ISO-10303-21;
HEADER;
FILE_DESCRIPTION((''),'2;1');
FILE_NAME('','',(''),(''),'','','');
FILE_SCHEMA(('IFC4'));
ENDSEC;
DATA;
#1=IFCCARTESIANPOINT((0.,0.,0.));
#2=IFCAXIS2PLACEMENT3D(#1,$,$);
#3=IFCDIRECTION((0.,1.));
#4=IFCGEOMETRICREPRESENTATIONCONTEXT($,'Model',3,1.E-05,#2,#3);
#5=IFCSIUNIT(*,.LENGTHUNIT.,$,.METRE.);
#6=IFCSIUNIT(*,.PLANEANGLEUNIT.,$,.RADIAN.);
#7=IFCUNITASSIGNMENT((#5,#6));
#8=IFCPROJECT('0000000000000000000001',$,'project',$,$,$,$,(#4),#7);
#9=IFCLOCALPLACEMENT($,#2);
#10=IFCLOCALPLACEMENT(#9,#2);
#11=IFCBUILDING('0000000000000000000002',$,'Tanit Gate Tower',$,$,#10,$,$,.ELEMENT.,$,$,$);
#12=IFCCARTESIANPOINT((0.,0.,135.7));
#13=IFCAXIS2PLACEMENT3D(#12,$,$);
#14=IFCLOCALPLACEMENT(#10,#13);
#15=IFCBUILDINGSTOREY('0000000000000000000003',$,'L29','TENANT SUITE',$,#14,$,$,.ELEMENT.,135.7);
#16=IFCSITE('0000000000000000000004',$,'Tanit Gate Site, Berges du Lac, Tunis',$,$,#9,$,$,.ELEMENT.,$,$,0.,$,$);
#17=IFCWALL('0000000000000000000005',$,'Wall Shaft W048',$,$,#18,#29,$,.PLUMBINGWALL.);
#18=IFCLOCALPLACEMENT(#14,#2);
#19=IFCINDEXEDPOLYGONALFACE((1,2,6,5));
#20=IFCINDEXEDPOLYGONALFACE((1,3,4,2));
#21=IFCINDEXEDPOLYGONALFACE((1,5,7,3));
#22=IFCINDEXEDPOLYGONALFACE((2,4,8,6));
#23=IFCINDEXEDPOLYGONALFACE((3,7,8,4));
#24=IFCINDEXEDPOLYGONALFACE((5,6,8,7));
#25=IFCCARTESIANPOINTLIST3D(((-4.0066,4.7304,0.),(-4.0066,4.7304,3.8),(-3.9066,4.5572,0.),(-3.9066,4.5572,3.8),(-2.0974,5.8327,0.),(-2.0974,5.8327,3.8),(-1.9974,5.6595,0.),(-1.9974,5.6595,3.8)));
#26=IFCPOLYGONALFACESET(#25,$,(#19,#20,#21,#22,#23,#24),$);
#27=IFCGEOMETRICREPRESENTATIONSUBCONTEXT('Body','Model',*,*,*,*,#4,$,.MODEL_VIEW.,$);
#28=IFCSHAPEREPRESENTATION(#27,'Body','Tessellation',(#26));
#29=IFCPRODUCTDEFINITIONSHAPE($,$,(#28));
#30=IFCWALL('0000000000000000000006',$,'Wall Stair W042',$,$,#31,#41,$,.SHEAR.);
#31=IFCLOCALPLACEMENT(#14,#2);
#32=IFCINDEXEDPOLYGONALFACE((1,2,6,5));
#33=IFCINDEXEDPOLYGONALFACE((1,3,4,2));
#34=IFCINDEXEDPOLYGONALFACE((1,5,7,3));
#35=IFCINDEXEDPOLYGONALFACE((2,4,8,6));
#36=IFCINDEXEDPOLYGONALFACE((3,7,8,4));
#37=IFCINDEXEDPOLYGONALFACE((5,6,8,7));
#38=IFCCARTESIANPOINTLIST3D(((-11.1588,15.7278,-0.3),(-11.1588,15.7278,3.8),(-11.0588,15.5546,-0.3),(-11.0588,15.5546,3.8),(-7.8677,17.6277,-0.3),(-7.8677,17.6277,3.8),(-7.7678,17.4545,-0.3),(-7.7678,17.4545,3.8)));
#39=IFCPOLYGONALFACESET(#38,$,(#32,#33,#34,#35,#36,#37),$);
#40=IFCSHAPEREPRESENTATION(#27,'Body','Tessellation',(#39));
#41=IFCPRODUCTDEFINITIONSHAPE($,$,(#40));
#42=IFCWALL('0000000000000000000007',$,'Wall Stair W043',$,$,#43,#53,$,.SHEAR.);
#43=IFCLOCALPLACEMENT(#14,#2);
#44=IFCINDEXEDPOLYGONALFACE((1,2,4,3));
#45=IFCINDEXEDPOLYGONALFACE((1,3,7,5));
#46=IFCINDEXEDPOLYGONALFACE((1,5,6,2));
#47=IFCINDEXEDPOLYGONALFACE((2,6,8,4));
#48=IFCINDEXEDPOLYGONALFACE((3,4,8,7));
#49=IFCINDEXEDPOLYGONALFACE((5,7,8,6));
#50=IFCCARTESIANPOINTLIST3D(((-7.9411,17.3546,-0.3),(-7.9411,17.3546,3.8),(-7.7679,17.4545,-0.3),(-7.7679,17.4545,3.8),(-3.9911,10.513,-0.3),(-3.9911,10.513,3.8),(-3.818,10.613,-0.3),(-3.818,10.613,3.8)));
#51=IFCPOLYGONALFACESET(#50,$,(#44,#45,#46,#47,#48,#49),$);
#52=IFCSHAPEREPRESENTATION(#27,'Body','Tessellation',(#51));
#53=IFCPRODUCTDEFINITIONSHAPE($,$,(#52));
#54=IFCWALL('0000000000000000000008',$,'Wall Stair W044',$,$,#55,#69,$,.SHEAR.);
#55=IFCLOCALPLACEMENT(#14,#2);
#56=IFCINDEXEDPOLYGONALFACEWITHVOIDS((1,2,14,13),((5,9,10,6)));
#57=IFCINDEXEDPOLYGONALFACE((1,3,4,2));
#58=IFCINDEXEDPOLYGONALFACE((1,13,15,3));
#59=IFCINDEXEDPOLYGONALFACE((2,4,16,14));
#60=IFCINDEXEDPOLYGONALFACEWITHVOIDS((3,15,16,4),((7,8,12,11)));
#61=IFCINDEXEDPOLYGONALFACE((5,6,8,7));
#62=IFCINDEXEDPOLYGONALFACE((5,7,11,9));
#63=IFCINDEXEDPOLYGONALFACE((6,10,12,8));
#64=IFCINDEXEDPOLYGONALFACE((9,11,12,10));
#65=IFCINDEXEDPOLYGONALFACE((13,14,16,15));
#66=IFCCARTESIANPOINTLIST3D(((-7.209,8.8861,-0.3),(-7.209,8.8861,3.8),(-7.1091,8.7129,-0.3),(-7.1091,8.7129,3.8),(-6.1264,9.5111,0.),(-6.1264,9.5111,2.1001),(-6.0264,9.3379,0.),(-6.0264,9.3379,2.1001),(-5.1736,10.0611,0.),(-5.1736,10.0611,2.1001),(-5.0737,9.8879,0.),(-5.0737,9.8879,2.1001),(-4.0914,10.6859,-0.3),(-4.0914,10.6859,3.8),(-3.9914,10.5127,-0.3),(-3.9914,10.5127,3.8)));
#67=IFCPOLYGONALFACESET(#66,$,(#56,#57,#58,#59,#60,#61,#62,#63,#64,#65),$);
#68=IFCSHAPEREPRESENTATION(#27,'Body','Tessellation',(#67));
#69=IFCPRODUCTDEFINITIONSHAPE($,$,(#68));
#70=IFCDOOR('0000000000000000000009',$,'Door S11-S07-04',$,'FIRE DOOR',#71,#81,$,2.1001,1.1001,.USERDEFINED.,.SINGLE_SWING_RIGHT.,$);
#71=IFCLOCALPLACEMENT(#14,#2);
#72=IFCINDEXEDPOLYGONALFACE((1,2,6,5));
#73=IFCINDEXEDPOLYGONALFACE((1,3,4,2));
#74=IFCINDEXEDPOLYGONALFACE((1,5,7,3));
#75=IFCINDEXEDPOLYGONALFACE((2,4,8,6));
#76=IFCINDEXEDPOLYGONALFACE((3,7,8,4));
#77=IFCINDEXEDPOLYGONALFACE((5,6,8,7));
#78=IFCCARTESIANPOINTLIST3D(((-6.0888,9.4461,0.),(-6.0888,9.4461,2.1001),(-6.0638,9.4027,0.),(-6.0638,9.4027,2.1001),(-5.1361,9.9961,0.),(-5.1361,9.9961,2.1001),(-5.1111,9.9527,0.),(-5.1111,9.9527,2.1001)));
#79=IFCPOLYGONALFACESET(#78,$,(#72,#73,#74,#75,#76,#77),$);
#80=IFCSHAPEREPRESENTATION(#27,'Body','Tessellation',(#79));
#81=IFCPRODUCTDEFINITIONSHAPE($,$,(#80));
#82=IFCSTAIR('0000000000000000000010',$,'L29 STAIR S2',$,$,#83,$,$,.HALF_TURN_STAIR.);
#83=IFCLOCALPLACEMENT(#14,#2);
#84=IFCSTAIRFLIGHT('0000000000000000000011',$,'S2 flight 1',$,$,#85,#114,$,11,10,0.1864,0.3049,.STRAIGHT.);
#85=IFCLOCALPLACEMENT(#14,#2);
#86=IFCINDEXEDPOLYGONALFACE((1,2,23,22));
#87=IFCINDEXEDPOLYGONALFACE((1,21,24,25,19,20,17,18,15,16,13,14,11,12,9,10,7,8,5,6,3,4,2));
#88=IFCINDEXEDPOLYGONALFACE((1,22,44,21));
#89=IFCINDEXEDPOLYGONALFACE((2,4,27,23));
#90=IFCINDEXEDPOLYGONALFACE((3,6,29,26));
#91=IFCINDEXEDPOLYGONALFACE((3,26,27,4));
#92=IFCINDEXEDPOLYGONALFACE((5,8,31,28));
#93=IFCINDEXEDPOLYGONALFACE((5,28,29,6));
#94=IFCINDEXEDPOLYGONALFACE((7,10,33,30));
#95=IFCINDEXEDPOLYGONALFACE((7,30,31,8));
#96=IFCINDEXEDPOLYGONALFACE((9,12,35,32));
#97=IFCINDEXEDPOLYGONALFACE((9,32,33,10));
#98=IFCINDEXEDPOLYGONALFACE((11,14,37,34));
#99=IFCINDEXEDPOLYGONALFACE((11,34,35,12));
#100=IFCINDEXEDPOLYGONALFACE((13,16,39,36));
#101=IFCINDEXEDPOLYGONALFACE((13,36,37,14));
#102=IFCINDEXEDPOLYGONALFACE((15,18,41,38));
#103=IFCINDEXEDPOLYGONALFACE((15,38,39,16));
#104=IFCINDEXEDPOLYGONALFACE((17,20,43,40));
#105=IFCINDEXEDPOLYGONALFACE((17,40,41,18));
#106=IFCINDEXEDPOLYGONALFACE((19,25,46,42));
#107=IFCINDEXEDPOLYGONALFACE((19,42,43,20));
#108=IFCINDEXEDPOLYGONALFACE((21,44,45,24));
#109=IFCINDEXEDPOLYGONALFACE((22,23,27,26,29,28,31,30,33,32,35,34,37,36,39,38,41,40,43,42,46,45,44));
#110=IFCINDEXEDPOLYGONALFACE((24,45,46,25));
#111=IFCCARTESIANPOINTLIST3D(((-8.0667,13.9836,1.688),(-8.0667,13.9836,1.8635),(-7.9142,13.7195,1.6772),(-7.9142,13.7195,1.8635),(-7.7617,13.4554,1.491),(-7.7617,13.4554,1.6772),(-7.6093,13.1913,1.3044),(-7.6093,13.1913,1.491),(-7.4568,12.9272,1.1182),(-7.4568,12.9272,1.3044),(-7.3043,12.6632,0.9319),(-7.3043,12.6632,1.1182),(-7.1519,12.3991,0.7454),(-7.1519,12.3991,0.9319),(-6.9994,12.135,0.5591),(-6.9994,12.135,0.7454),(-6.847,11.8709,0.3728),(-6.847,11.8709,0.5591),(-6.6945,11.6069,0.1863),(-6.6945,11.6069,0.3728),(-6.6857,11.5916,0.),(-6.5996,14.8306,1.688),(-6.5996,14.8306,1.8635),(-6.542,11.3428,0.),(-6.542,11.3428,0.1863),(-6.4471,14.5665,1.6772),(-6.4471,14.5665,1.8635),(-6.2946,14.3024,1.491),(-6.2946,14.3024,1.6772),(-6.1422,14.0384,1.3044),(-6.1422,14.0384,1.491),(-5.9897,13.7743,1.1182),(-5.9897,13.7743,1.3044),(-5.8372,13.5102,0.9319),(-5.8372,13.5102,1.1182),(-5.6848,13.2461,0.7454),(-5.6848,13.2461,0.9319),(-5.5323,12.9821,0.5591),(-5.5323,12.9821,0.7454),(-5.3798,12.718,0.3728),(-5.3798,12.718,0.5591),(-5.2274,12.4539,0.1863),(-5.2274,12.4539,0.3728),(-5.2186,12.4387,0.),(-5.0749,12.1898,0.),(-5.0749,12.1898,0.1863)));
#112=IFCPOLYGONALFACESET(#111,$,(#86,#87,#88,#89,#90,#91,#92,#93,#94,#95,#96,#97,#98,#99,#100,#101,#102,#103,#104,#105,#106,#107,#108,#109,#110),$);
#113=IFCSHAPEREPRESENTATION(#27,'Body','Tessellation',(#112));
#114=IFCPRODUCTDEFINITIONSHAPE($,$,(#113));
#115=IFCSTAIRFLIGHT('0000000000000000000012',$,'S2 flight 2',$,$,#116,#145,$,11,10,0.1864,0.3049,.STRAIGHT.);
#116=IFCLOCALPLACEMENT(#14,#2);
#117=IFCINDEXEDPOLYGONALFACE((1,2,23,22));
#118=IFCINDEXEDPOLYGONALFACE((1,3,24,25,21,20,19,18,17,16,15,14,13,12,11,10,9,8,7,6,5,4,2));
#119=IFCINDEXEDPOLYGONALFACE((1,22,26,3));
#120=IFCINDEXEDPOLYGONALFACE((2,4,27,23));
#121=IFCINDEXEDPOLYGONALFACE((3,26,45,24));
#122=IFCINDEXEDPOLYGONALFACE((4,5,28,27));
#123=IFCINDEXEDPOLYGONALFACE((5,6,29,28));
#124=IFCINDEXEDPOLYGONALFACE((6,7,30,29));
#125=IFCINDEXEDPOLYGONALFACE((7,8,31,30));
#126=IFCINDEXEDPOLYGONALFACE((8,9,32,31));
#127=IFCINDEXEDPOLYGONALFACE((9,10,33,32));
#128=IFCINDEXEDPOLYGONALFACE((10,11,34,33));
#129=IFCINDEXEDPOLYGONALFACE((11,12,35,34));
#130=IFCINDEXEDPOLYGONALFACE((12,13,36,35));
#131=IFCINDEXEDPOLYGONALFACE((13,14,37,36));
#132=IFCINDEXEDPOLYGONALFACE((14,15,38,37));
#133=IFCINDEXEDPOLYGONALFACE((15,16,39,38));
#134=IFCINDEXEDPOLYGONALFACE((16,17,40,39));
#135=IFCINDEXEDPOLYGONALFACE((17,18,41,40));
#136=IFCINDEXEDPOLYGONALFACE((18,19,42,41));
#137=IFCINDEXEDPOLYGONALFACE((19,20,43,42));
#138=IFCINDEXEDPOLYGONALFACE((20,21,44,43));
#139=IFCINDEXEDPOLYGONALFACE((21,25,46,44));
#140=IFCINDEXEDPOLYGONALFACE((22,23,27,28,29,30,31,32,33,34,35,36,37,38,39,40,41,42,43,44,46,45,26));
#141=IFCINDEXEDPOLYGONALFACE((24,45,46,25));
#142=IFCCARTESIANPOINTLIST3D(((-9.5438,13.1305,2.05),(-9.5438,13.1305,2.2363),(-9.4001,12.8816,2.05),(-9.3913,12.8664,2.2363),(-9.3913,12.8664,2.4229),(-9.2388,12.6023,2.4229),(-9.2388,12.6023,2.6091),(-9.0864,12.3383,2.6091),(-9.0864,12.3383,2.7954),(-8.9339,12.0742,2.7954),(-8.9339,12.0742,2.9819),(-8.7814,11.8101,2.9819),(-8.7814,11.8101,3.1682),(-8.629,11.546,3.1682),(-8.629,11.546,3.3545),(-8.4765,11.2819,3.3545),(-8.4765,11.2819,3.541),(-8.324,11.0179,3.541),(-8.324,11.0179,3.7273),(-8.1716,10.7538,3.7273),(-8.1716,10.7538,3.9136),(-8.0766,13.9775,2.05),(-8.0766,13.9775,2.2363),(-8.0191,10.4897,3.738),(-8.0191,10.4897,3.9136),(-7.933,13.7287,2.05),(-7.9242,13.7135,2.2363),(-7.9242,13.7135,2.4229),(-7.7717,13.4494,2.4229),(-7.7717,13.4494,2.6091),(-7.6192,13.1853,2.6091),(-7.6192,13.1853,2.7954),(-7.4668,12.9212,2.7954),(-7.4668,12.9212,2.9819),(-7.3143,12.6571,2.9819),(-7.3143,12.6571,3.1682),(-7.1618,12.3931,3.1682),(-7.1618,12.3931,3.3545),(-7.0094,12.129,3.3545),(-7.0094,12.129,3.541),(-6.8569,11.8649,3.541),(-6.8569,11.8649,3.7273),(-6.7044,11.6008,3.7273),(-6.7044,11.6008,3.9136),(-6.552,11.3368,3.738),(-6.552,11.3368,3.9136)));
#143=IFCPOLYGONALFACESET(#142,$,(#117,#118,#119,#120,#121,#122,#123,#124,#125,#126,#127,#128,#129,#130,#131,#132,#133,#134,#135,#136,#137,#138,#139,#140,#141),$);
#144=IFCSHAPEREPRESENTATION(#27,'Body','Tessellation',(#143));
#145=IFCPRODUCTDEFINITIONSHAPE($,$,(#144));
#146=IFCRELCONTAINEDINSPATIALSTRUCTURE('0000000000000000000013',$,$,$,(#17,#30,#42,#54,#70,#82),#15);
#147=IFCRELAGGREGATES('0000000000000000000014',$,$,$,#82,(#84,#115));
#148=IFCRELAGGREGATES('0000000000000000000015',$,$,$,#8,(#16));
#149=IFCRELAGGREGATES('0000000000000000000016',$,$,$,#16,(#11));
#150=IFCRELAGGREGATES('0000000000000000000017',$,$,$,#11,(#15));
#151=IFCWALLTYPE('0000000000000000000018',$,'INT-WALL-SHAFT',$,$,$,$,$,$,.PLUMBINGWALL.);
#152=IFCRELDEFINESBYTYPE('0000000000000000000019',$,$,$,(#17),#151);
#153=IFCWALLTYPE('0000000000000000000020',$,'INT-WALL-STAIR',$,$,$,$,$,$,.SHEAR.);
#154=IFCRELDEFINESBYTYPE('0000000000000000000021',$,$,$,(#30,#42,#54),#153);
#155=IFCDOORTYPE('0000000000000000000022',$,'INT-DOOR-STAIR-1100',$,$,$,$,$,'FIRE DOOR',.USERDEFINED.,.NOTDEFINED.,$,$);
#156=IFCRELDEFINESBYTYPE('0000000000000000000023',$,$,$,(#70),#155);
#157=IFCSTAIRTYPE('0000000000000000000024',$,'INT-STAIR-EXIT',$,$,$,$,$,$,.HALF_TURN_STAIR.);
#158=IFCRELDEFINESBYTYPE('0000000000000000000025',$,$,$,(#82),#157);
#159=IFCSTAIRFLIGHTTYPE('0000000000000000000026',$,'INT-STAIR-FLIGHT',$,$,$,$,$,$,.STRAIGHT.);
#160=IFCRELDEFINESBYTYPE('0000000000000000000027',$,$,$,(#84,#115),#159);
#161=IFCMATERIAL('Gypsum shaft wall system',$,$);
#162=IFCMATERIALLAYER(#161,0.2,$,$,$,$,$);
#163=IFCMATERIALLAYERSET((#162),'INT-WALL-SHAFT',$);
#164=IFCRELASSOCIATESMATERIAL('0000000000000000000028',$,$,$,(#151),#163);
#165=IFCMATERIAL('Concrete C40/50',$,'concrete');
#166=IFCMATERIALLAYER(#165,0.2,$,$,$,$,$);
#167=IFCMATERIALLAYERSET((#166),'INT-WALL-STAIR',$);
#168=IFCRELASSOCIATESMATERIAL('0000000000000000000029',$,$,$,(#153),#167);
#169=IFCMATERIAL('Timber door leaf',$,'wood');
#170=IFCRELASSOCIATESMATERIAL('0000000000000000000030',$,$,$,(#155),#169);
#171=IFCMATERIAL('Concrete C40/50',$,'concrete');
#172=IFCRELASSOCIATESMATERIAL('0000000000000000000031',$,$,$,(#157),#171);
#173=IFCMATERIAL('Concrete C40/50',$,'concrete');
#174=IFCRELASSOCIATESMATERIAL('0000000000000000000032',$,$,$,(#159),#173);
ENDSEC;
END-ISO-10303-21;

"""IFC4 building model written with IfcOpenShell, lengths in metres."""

from ifc_helpers import new_model, si_unit, direction, frame, frame_2d, origin, place, context, subcontext, project, spatial, polyline, rectangle, outline, extrude, material, layer, layer_set, type_object, element, fill, aggregate, save


model = new_model("IFC4")

# Units and contexts
model_context = context("Model", 3, precision=1e-05, world=origin(), true_north=direction((0.0, 1.0)))
body_context = subcontext(model_context, "Body", "Model", "MODEL_VIEW")
ifc_project = project(units=[si_unit("LENGTHUNIT", "METRE"), si_unit("PLANEANGLEUNIT", "RADIAN")], contexts=[model_context])

# Site, building, storey
site_placement = place(None, origin())
site = spatial("IfcSite", under=ifc_project, at=site_placement, Name="Tanit Gate Site, Berges du Lac, Tunis", CompositionType="ELEMENT", RefElevation=0.0)
building_placement = place(site_placement, origin())
building = spatial("IfcBuilding", under=site, at=building_placement, Name="Tanit Gate Tower", CompositionType="ELEMENT")
storey_placement = place(building_placement, frame((0.0, 0.0, 135.7)))
storey = spatial("IfcBuildingStorey", under=building, at=storey_placement, Name="L29", Description="TENANT SUITE", CompositionType="ELEMENT", Elevation=135.7)

# Shared definitions
ifc_material_1 = material(Name="Gypsum shaft wall system")
ifc_layer_1 = layer(ifc_material_1, 0.2)
ifc_layer_set_1 = layer_set([ifc_layer_1], Name="INT-WALL-SHAFT")
wall_type_1 = type_object("IfcWallType", Name="INT-WALL-SHAFT", PredefinedType="PLUMBINGWALL", material=ifc_layer_set_1)

# Walls
wall_1_placement = place(storey_placement, frame((-2.0474, 5.7461, 0.0), z_axis=(0.0, 0.0, 1.0), x_axis=(-0.86602, -0.50001, 0.0)))
element("IfcWall", 1, at=wall_1_placement, inside=storey, type_object=wall_type_1, Name="Wall Shaft W048", PredefinedType="PLUMBINGWALL", context=body_context, shape_type="SweptSolid", body=[
    extrude(rectangle(XDim=2.2046, YDim=0.2, at=frame_2d((1.1023, 0.0))), origin(), (0.0, 0.0, 1.0), 3.8),
])
ifc_material_2 = material(Name="Concrete C40/50", Category="concrete")
ifc_layer_2 = layer(ifc_material_2, 0.2)
ifc_layer_set_2 = layer_set([ifc_layer_2], Name="INT-WALL-STAIR")
wall_type_2 = type_object("IfcWallType", Name="INT-WALL-STAIR", PredefinedType="SHEAR", material=ifc_layer_set_2)
wall_2_placement = place(storey_placement, frame((-7.8179, 17.541, -0.3), z_axis=(0.0, 0.0, 1.0), x_axis=(-0.866044, -0.499967, 0.0)))
element("IfcWall", 2, at=wall_2_placement, inside=storey, type_object=wall_type_2, Name="Wall Stair W042", PredefinedType="SHEAR", context=body_context, shape_type="SweptSolid", body=[
    extrude(rectangle(XDim=3.8, YDim=0.2, at=frame_2d((1.8999, 0.0))), origin(), (0.0, 0.0, 1.0), 4.1001),
])
wall_3_placement = place(storey_placement, frame((-7.8545, 17.4045, -0.3), z_axis=(0.0, 0.0, 1.0), x_axis=(0.499998, -0.866027, 0.0)))
element("IfcWall", 3, at=wall_3_placement, inside=storey, type_object=wall_type_2, Name="Wall Stair W043", PredefinedType="SHEAR", context=body_context, shape_type="SweptSolid", body=[
    extrude(rectangle(XDim=7.8999, YDim=0.2, at=frame_2d((3.95, 0.0))), origin(), (0.0, 0.0, 1.0), 4.1001),
])

# Wall, opening, door
wall_4_placement = place(storey_placement, frame((-7.1589, 8.7996, -0.3), z_axis=(0.0, 0.0, 1.0), x_axis=(0.866048, 0.499961, 0.0)))
wall_4 = element("IfcWall", 4, at=wall_4_placement, inside=storey, type_object=wall_type_2, Name="Wall Stair W044", PredefinedType="SHEAR", context=body_context, shape_type="SweptSolid", body=[
    extrude(rectangle(XDim=3.5999, YDim=0.2, at=frame_2d((1.7998, 0.0))), origin(), (0.0, 0.0, 1.0), 4.1001),
])
opening_1_placement = place(wall_4_placement, frame((1.25, 0.0, 0.3)))
opening_1 = element("IfcOpeningElement", 5, at=opening_1_placement, cuts=wall_4, PredefinedType="OPENING", context=body_context, shape_type="SweptSolid", body=[
    extrude(rectangle(XDim=1.1001, YDim=2.1001, at=frame_2d((0.55, 1.05))), frame((0.0, 0.1099, 0.0), z_axis=(0.0, -1.0, 0.0), x_axis=(1.0, 0.0, 0.0)), (0.0, 0.0, 1.0), 0.22),
])
ifc_material_3 = material(Name="Timber door leaf", Category="wood")
door_type_1 = type_object("IfcDoorType", Name="INT-DOOR-STAIR-1100", ElementType="FIRE DOOR", OperationType="NOTDEFINED", PredefinedType="USERDEFINED", material=ifc_material_3)
door_1_placement = place(opening_1_placement, origin())
door_1 = element("IfcDoor", 6, at=door_1_placement, inside=storey, type_object=door_type_1, Name="Door S11-S07-04", ObjectType="FIRE DOOR", OperationType="SINGLE_SWING_RIGHT", OverallHeight=2.1001, OverallWidth=1.1001, PredefinedType="USERDEFINED", context=body_context, shape_type="SweptSolid", body=[
    extrude(rectangle(XDim=1.1001, YDim=2.1001, at=frame_2d((0.55, 1.05))), frame((0.0, 0.0249, 0.0), z_axis=(0.0, -1.0, 0.0), x_axis=(1.0, 0.0, 0.0)), (0.0, 0.0, 1.0), 0.05),
])
fill(opening_1, door_1)

# Stair, stair flights
ifc_material_4 = material(Name="Concrete C40/50", Category="concrete")
stair_type = type_object("IfcStairType", Name="INT-STAIR-EXIT", PredefinedType="HALF_TURN_STAIR", material=ifc_material_4)
stair_placement = place(storey_placement, origin())
stair = element("IfcStair", 7, at=stair_placement, inside=storey, type_object=stair_type, Name="L29 STAIR S2", PredefinedType="HALF_TURN_STAIR")
ifc_material_5 = material(Name="Concrete C40/50", Category="concrete")
stair_flight_type = type_object("IfcStairFlightType", Name="INT-STAIR-FLIGHT", PredefinedType="STRAIGHT", material=ifc_material_5)
stair_flight_1_placement = place(storey_placement, frame((-5.8083, 11.7664, 0.0), z_axis=(0.0, 0.0, 1.0), x_axis=(-0.5, 0.866025, 0.0)))
stair_flight_1 = element("IfcStairFlight", 8, at=stair_flight_1_placement, type_object=stair_flight_type, Name="S2 flight 1", NumberOfRisers=11, NumberOfTreads=10, PredefinedType="STRAIGHT", RiserHeight=0.1864, TreadLength=0.3049, context=body_context, shape_type="SweptSolid", body=[
    extrude(outline(polyline([(0.0, 0.0), (0.0, 0.1863), (0.3049, 0.1863), (0.3049, 0.3728), (0.6099, 0.3728), (0.6099, 0.5591), (0.9148, 0.5591), (0.9148, 0.7454), (1.2197, 0.7454), (1.2197, 0.9319), (1.5247, 0.9319), (1.5247, 1.1182), (1.8296, 1.1182), (1.8296, 1.3044), (2.1345, 1.3044), (2.1345, 1.491), (2.4395, 1.491), (2.4395, 1.6772), (2.7444, 1.6772), (2.7444, 1.8635), (3.0493, 1.8635), (3.0493, 2.05), (3.0493, 1.688), (0.2874, 0.0), (0.0, 0.0)])), frame((0.0, 0.8472, 0.0), z_axis=(0.0, -1.0, 0.0), x_axis=(1.0, 0.0, 0.0)), (0.0, 0.0, 1.0), 1.6941),
])
stair_flight_2_placement = place(storey_placement, frame((-8.8103, 13.554, 2.05), z_axis=(0.0, 0.0, 1.0), x_axis=(0.5, -0.866025, 0.0)))
stair_flight_2 = element("IfcStairFlight", 9, at=stair_flight_2_placement, type_object=stair_flight_type, Name="S2 flight 2", NumberOfRisers=11, NumberOfTreads=10, PredefinedType="STRAIGHT", RiserHeight=0.1864, TreadLength=0.3049, context=body_context, shape_type="SweptSolid", body=[
    extrude(outline(polyline([(0.0, 0.0), (0.0, 0.1863), (0.3049, 0.1863), (0.3049, 0.3728), (0.6099, 0.3728), (0.6099, 0.5591), (0.9148, 0.5591), (0.9148, 0.7454), (1.2197, 0.7454), (1.2197, 0.9319), (1.5247, 0.9319), (1.5247, 1.1182), (1.8296, 1.1182), (1.8296, 1.3044), (2.1345, 1.3044), (2.1345, 1.491), (2.4395, 1.491), (2.4395, 1.6772), (2.7444, 1.6772), (2.7444, 1.8635), (3.0493, 1.8635), (3.0493, 2.05), (3.0493, 1.688), (0.2874, 0.0), (0.0, 0.0)])), frame((0.0, 0.8472, 0.0), z_axis=(0.0, -1.0, 0.0), x_axis=(1.0, 0.0, 0.0)), (0.0, 0.0, 1.0), 1.6941),
])
aggregate(stair, [stair_flight_1, stair_flight_2])

save(model, "model.ifc")
